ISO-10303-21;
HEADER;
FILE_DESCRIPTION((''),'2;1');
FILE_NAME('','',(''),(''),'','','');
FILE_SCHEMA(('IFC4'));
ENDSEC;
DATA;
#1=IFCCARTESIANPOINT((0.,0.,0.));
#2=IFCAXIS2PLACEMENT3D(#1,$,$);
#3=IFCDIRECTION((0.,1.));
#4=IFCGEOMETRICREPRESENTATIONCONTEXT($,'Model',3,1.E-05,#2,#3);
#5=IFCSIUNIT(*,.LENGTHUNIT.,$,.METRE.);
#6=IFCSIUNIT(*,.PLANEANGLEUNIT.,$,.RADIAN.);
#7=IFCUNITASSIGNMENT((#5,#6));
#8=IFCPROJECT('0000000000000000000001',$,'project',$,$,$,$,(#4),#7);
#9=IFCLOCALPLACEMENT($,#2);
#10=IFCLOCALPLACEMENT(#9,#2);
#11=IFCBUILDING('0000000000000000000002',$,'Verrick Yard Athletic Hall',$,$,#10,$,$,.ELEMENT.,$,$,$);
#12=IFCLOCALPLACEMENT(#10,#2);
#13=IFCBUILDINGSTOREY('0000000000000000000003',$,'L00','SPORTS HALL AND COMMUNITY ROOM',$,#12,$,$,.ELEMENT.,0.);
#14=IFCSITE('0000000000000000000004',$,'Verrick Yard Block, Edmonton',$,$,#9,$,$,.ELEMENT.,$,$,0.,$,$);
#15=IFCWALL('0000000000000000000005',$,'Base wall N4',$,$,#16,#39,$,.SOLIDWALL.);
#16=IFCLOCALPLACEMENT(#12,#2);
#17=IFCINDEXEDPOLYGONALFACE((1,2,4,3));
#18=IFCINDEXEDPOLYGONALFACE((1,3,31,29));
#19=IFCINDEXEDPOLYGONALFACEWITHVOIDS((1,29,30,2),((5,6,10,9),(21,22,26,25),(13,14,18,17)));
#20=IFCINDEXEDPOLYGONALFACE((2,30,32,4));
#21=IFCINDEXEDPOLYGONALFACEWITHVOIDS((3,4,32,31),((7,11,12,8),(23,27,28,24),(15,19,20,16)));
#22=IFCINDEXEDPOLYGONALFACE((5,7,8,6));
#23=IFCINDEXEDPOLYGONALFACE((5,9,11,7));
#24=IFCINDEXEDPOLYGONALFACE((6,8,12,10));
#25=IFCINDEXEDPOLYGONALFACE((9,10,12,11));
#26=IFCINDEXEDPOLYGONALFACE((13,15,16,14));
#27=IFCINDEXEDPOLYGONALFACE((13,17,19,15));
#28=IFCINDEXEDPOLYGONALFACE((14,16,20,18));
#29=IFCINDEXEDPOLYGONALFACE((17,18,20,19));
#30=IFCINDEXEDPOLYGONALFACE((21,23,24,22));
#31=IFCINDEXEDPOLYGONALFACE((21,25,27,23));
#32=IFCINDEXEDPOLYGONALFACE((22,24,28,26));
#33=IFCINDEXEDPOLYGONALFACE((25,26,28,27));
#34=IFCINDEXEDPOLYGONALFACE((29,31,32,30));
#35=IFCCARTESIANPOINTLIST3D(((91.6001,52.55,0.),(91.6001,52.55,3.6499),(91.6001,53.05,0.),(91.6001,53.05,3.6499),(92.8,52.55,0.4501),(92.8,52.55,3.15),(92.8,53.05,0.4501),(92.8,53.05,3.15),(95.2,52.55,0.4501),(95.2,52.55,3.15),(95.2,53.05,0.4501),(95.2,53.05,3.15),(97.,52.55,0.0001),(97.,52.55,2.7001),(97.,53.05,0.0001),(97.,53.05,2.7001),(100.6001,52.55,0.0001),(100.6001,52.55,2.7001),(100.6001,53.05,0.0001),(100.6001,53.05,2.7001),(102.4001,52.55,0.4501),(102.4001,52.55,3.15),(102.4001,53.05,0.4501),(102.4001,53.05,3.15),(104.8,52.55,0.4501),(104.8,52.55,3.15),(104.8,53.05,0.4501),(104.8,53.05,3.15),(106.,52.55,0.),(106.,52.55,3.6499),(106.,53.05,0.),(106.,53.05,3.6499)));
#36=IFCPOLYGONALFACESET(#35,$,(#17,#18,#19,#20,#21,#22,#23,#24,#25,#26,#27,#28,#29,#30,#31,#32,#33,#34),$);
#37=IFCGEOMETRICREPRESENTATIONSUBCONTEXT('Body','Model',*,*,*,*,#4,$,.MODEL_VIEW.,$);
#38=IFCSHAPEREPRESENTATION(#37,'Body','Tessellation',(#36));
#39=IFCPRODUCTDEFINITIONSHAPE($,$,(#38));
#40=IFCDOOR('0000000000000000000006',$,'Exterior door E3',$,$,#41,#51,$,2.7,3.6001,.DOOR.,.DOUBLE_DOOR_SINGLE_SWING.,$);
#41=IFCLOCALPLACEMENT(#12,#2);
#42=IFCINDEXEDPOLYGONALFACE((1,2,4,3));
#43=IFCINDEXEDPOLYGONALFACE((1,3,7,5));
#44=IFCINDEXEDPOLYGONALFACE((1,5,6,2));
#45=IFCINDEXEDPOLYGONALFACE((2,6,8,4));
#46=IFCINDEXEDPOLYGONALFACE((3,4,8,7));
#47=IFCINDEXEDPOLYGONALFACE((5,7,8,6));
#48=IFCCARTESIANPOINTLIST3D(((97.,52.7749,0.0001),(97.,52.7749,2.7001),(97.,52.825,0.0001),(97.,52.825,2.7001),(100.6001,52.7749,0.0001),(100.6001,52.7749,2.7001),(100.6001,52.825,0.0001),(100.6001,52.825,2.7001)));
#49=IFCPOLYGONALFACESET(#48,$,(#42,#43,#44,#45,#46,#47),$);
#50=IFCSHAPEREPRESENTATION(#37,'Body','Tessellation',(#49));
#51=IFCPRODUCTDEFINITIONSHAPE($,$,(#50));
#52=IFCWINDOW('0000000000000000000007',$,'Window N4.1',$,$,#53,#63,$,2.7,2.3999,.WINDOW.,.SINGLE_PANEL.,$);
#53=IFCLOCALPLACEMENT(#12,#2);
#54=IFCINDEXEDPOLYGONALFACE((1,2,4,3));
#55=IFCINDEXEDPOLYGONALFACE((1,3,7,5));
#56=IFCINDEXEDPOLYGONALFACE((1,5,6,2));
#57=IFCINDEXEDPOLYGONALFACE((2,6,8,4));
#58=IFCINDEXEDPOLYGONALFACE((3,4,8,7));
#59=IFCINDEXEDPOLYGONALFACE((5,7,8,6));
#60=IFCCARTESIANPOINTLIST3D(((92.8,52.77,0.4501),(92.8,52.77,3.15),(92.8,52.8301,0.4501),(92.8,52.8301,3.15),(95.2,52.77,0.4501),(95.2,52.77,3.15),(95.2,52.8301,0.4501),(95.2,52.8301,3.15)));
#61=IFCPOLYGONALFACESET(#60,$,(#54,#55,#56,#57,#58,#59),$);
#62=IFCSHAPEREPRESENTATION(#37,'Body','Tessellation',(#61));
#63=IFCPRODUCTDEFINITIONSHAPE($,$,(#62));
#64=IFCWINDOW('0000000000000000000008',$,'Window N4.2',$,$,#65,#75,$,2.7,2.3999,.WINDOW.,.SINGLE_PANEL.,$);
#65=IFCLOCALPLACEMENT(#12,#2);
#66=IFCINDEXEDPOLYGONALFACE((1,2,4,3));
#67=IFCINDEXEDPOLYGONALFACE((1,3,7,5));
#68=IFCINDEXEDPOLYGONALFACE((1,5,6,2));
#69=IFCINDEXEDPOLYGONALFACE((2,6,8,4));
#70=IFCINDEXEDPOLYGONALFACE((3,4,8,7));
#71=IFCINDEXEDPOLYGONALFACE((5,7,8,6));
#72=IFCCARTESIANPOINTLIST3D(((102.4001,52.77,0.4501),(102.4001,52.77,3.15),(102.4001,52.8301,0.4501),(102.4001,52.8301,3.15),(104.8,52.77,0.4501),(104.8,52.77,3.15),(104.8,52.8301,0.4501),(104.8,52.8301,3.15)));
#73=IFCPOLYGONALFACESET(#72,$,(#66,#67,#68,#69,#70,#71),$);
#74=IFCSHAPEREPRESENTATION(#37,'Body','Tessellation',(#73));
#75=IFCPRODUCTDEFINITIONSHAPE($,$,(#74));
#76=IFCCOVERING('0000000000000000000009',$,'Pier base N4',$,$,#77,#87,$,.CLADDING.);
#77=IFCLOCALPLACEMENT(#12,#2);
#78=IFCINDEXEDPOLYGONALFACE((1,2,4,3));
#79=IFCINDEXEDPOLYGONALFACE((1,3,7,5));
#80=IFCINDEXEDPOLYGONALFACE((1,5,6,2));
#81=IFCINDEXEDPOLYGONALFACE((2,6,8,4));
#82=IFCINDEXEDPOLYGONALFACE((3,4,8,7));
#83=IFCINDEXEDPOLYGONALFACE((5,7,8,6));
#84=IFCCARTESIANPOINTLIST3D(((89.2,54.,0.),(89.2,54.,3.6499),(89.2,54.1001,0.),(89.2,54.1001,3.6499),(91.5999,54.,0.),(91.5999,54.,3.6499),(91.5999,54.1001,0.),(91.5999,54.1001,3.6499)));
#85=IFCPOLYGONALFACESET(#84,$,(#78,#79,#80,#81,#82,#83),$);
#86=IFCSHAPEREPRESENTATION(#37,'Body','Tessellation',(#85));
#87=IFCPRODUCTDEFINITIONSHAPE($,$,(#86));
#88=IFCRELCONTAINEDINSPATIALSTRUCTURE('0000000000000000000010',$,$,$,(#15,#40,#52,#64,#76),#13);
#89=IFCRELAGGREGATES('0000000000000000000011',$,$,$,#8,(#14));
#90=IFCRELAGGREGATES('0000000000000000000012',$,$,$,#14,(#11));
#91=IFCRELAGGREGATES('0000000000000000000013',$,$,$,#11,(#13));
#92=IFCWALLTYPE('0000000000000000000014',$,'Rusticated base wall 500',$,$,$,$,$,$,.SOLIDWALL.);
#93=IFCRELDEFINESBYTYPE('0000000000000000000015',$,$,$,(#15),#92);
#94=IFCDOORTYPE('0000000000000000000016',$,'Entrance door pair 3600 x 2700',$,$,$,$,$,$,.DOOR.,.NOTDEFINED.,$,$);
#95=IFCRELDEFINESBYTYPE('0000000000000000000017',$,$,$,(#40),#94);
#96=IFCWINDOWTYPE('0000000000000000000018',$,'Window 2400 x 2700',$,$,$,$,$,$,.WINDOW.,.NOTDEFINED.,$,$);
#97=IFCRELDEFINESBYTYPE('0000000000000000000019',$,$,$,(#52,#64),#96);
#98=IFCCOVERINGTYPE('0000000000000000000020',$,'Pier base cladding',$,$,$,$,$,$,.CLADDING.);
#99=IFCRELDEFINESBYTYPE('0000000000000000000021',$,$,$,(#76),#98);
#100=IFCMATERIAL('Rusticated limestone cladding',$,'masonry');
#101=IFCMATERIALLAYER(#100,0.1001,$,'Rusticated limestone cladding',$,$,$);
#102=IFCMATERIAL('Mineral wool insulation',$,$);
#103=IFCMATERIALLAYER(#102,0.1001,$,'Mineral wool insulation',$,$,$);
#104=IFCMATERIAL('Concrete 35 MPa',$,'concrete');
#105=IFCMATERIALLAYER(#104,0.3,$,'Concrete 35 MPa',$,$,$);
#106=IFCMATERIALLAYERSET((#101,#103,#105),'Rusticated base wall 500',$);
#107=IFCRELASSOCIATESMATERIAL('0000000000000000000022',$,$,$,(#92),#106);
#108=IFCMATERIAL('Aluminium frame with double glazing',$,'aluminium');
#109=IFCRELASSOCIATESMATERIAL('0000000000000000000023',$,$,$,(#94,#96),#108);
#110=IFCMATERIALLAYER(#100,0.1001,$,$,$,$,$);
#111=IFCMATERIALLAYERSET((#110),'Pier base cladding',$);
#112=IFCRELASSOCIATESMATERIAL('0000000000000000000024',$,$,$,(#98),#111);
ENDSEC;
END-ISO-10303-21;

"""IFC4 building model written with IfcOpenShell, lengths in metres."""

from ifc_helpers import new_model, si_unit, direction, frame, frame_2d, origin, origin_2d, place, context, subcontext, project, spatial, rectangle, extrude, material, layer, layer_set, type_object, element, fill, save


model = new_model("IFC4")

# Units and contexts
model_context = context("Model", 3, precision=1e-05, world=origin(), true_north=direction((0.0, 1.0)))
body_context = subcontext(model_context, "Body", "Model", "MODEL_VIEW")
ifc_project = project(units=[si_unit("LENGTHUNIT", "METRE"), si_unit("PLANEANGLEUNIT", "RADIAN")], contexts=[model_context])

# Site, building, storey
site_placement = place(None, origin())
site = spatial("IfcSite", under=ifc_project, at=site_placement, Name="Verrick Yard Block, Edmonton", CompositionType="ELEMENT", RefElevation=0.0)
building_placement = place(site_placement, origin())
building = spatial("IfcBuilding", under=site, at=building_placement, Name="Verrick Yard Athletic Hall", CompositionType="ELEMENT")
storey_placement = place(building_placement, origin())
storey = spatial("IfcBuildingStorey", under=building, at=storey_placement, Name="L00", Description="SPORTS HALL AND COMMUNITY ROOM", CompositionType="ELEMENT", Elevation=0.0)

# Shared definitions
ifc_material_1 = material(Name="Concrete 35 MPa", Category="concrete")

# Wall, openings, door, windows
ifc_material_2 = material(Name="Rusticated limestone cladding", Category="masonry")
ifc_layer_1 = layer(ifc_material_2, 0.1001, Name="Rusticated limestone cladding")
ifc_material_3 = material(Name="Mineral wool insulation")
ifc_layer_2 = layer(ifc_material_3, 0.1001, Name="Mineral wool insulation")
ifc_layer_3 = layer(ifc_material_1, 0.3, Name="Concrete 35 MPa")
ifc_layer_set_1 = layer_set([ifc_layer_1, ifc_layer_2, ifc_layer_3], Name="Rusticated base wall 500")
wall_type_1 = type_object("IfcWallType", Name="Rusticated base wall 500", PredefinedType="SOLIDWALL", material=ifc_layer_set_1)
wall_1_placement = place(storey_placement, frame((91.6001, 52.8, 0.0), z_axis=(0.0, 0.0, 1.0), x_axis=(1.0, 0.0, 0.0)))
wall_1 = element("IfcWall", 1, at=wall_1_placement, inside=storey, type_object=wall_type_1, Name="Base wall N4", PredefinedType="SOLIDWALL", context=body_context, shape_type="SweptSolid", body=[
    extrude(rectangle(XDim=14.3999, YDim=0.5, at=frame_2d((7.2, 0.0))), origin(), (0.0, 0.0, 1.0), 3.6499),
])
opening_1_placement = place(wall_1_placement, frame((1.2, 0.0, 0.45)))
opening_1 = element("IfcOpeningElement", 2, at=opening_1_placement, cuts=wall_1, PredefinedType="OPENING", context=body_context, shape_type="SweptSolid", body=[
    extrude(rectangle(XDim=2.3999, YDim=2.7, at=frame_2d((1.2, 1.3501))), frame((0.0, 0.26, 0.0), z_axis=(0.0, -1.0, 0.0), x_axis=(1.0, 0.0, 0.0)), (0.0, 0.0, 1.0), 0.52),
])
opening_2_placement = place(wall_1_placement, frame((10.8, 0.0, 0.45)))
opening_2 = element("IfcOpeningElement", 3, at=opening_2_placement, cuts=wall_1, PredefinedType="OPENING", context=body_context, shape_type="SweptSolid", body=[
    extrude(rectangle(XDim=2.3999, YDim=2.7, at=frame_2d((1.2, 1.3501))), frame((0.0, 0.26, 0.0), z_axis=(0.0, -1.0, 0.0), x_axis=(1.0, 0.0, 0.0)), (0.0, 0.0, 1.0), 0.52),
])
opening_3_placement = place(wall_1_placement, frame((5.3999, 0.0, 0.0)))
opening_3 = element("IfcOpeningElement", 4, at=opening_3_placement, cuts=wall_1, PredefinedType="OPENING", context=body_context, shape_type="SweptSolid", body=[
    extrude(rectangle(XDim=3.6001, YDim=2.7, at=frame_2d((1.8, 1.3501))), frame((0.0, 0.26, 0.0), z_axis=(0.0, -1.0, 0.0), x_axis=(1.0, 0.0, 0.0)), (0.0, 0.0, 1.0), 0.52),
])
ifc_material_4 = material(Name="Aluminium frame with double glazing", Category="aluminium")
door_type = type_object("IfcDoorType", Name="Entrance door pair 3600 x 2700", OperationType="NOTDEFINED", PredefinedType="DOOR", material=ifc_material_4)
door_placement = place(opening_3_placement, origin())
door = element("IfcDoor", 5, at=door_placement, inside=storey, type_object=door_type, Name="Exterior door E3", OperationType="DOUBLE_DOOR_SINGLE_SWING", OverallHeight=2.7, OverallWidth=3.6001, PredefinedType="DOOR", context=body_context, shape_type="SweptSolid", body=[
    extrude(rectangle(XDim=3.6001, YDim=2.7, at=frame_2d((1.8, 1.3501))), frame((0.0, 0.0249, 0.0), z_axis=(0.0, -1.0, 0.0), x_axis=(1.0, 0.0, 0.0)), (0.0, 0.0, 1.0), 0.05),
])
fill(opening_3, door)
window_type = type_object("IfcWindowType", Name="Window 2400 x 2700", PartitioningType="NOTDEFINED", PredefinedType="WINDOW", material=ifc_material_4)
window_1_placement = place(opening_1_placement, origin())
window_1 = element("IfcWindow", 6, at=window_1_placement, inside=storey, type_object=window_type, Name="Window N4.1", OverallHeight=2.7, OverallWidth=2.3999, PartitioningType="SINGLE_PANEL", PredefinedType="WINDOW", context=body_context, shape_type="SweptSolid", body=[
    extrude(rectangle(XDim=2.3999, YDim=2.7, at=frame_2d((1.2, 1.3501))), frame((0.0, 0.03, 0.0), z_axis=(0.0, -1.0, 0.0), x_axis=(1.0, 0.0, 0.0)), (0.0, 0.0, 1.0), 0.0601),
])
fill(opening_1, window_1)
window_2_placement = place(opening_2_placement, origin())
window_2 = element("IfcWindow", 7, at=window_2_placement, inside=storey, type_object=window_type, Name="Window N4.2", OverallHeight=2.7, OverallWidth=2.3999, PartitioningType="SINGLE_PANEL", PredefinedType="WINDOW", context=body_context, shape_type="SweptSolid", body=[
    extrude(rectangle(XDim=2.3999, YDim=2.7, at=frame_2d((1.2, 1.3501))), frame((0.0, 0.03, 0.0), z_axis=(0.0, -1.0, 0.0), x_axis=(1.0, 0.0, 0.0)), (0.0, 0.0, 1.0), 0.0601),
])
fill(opening_2, window_2)

# Covering
ifc_layer_4 = layer(ifc_material_2, 0.1001)
ifc_layer_set_2 = layer_set([ifc_layer_4], Name="Pier base cladding")
covering_type_1 = type_object("IfcCoveringType", Name="Pier base cladding", PredefinedType="CLADDING", material=ifc_layer_set_2)
covering_1_placement = place(storey_placement, frame((90.3999, 54.05, 0.0), z_axis=(0.0, 0.0, 1.0), x_axis=(1.0, 0.0, 0.0)))
element("IfcCovering", 8, at=covering_1_placement, inside=storey, type_object=covering_type_1, Name="Pier base N4", PredefinedType="CLADDING", context=body_context, shape_type="SweptSolid", body=[
    extrude(rectangle(XDim=2.3999, YDim=0.1001, at=origin_2d()), origin(), (0.0, 0.0, 1.0), 3.6499),
])

save(model, "model.ifc")
